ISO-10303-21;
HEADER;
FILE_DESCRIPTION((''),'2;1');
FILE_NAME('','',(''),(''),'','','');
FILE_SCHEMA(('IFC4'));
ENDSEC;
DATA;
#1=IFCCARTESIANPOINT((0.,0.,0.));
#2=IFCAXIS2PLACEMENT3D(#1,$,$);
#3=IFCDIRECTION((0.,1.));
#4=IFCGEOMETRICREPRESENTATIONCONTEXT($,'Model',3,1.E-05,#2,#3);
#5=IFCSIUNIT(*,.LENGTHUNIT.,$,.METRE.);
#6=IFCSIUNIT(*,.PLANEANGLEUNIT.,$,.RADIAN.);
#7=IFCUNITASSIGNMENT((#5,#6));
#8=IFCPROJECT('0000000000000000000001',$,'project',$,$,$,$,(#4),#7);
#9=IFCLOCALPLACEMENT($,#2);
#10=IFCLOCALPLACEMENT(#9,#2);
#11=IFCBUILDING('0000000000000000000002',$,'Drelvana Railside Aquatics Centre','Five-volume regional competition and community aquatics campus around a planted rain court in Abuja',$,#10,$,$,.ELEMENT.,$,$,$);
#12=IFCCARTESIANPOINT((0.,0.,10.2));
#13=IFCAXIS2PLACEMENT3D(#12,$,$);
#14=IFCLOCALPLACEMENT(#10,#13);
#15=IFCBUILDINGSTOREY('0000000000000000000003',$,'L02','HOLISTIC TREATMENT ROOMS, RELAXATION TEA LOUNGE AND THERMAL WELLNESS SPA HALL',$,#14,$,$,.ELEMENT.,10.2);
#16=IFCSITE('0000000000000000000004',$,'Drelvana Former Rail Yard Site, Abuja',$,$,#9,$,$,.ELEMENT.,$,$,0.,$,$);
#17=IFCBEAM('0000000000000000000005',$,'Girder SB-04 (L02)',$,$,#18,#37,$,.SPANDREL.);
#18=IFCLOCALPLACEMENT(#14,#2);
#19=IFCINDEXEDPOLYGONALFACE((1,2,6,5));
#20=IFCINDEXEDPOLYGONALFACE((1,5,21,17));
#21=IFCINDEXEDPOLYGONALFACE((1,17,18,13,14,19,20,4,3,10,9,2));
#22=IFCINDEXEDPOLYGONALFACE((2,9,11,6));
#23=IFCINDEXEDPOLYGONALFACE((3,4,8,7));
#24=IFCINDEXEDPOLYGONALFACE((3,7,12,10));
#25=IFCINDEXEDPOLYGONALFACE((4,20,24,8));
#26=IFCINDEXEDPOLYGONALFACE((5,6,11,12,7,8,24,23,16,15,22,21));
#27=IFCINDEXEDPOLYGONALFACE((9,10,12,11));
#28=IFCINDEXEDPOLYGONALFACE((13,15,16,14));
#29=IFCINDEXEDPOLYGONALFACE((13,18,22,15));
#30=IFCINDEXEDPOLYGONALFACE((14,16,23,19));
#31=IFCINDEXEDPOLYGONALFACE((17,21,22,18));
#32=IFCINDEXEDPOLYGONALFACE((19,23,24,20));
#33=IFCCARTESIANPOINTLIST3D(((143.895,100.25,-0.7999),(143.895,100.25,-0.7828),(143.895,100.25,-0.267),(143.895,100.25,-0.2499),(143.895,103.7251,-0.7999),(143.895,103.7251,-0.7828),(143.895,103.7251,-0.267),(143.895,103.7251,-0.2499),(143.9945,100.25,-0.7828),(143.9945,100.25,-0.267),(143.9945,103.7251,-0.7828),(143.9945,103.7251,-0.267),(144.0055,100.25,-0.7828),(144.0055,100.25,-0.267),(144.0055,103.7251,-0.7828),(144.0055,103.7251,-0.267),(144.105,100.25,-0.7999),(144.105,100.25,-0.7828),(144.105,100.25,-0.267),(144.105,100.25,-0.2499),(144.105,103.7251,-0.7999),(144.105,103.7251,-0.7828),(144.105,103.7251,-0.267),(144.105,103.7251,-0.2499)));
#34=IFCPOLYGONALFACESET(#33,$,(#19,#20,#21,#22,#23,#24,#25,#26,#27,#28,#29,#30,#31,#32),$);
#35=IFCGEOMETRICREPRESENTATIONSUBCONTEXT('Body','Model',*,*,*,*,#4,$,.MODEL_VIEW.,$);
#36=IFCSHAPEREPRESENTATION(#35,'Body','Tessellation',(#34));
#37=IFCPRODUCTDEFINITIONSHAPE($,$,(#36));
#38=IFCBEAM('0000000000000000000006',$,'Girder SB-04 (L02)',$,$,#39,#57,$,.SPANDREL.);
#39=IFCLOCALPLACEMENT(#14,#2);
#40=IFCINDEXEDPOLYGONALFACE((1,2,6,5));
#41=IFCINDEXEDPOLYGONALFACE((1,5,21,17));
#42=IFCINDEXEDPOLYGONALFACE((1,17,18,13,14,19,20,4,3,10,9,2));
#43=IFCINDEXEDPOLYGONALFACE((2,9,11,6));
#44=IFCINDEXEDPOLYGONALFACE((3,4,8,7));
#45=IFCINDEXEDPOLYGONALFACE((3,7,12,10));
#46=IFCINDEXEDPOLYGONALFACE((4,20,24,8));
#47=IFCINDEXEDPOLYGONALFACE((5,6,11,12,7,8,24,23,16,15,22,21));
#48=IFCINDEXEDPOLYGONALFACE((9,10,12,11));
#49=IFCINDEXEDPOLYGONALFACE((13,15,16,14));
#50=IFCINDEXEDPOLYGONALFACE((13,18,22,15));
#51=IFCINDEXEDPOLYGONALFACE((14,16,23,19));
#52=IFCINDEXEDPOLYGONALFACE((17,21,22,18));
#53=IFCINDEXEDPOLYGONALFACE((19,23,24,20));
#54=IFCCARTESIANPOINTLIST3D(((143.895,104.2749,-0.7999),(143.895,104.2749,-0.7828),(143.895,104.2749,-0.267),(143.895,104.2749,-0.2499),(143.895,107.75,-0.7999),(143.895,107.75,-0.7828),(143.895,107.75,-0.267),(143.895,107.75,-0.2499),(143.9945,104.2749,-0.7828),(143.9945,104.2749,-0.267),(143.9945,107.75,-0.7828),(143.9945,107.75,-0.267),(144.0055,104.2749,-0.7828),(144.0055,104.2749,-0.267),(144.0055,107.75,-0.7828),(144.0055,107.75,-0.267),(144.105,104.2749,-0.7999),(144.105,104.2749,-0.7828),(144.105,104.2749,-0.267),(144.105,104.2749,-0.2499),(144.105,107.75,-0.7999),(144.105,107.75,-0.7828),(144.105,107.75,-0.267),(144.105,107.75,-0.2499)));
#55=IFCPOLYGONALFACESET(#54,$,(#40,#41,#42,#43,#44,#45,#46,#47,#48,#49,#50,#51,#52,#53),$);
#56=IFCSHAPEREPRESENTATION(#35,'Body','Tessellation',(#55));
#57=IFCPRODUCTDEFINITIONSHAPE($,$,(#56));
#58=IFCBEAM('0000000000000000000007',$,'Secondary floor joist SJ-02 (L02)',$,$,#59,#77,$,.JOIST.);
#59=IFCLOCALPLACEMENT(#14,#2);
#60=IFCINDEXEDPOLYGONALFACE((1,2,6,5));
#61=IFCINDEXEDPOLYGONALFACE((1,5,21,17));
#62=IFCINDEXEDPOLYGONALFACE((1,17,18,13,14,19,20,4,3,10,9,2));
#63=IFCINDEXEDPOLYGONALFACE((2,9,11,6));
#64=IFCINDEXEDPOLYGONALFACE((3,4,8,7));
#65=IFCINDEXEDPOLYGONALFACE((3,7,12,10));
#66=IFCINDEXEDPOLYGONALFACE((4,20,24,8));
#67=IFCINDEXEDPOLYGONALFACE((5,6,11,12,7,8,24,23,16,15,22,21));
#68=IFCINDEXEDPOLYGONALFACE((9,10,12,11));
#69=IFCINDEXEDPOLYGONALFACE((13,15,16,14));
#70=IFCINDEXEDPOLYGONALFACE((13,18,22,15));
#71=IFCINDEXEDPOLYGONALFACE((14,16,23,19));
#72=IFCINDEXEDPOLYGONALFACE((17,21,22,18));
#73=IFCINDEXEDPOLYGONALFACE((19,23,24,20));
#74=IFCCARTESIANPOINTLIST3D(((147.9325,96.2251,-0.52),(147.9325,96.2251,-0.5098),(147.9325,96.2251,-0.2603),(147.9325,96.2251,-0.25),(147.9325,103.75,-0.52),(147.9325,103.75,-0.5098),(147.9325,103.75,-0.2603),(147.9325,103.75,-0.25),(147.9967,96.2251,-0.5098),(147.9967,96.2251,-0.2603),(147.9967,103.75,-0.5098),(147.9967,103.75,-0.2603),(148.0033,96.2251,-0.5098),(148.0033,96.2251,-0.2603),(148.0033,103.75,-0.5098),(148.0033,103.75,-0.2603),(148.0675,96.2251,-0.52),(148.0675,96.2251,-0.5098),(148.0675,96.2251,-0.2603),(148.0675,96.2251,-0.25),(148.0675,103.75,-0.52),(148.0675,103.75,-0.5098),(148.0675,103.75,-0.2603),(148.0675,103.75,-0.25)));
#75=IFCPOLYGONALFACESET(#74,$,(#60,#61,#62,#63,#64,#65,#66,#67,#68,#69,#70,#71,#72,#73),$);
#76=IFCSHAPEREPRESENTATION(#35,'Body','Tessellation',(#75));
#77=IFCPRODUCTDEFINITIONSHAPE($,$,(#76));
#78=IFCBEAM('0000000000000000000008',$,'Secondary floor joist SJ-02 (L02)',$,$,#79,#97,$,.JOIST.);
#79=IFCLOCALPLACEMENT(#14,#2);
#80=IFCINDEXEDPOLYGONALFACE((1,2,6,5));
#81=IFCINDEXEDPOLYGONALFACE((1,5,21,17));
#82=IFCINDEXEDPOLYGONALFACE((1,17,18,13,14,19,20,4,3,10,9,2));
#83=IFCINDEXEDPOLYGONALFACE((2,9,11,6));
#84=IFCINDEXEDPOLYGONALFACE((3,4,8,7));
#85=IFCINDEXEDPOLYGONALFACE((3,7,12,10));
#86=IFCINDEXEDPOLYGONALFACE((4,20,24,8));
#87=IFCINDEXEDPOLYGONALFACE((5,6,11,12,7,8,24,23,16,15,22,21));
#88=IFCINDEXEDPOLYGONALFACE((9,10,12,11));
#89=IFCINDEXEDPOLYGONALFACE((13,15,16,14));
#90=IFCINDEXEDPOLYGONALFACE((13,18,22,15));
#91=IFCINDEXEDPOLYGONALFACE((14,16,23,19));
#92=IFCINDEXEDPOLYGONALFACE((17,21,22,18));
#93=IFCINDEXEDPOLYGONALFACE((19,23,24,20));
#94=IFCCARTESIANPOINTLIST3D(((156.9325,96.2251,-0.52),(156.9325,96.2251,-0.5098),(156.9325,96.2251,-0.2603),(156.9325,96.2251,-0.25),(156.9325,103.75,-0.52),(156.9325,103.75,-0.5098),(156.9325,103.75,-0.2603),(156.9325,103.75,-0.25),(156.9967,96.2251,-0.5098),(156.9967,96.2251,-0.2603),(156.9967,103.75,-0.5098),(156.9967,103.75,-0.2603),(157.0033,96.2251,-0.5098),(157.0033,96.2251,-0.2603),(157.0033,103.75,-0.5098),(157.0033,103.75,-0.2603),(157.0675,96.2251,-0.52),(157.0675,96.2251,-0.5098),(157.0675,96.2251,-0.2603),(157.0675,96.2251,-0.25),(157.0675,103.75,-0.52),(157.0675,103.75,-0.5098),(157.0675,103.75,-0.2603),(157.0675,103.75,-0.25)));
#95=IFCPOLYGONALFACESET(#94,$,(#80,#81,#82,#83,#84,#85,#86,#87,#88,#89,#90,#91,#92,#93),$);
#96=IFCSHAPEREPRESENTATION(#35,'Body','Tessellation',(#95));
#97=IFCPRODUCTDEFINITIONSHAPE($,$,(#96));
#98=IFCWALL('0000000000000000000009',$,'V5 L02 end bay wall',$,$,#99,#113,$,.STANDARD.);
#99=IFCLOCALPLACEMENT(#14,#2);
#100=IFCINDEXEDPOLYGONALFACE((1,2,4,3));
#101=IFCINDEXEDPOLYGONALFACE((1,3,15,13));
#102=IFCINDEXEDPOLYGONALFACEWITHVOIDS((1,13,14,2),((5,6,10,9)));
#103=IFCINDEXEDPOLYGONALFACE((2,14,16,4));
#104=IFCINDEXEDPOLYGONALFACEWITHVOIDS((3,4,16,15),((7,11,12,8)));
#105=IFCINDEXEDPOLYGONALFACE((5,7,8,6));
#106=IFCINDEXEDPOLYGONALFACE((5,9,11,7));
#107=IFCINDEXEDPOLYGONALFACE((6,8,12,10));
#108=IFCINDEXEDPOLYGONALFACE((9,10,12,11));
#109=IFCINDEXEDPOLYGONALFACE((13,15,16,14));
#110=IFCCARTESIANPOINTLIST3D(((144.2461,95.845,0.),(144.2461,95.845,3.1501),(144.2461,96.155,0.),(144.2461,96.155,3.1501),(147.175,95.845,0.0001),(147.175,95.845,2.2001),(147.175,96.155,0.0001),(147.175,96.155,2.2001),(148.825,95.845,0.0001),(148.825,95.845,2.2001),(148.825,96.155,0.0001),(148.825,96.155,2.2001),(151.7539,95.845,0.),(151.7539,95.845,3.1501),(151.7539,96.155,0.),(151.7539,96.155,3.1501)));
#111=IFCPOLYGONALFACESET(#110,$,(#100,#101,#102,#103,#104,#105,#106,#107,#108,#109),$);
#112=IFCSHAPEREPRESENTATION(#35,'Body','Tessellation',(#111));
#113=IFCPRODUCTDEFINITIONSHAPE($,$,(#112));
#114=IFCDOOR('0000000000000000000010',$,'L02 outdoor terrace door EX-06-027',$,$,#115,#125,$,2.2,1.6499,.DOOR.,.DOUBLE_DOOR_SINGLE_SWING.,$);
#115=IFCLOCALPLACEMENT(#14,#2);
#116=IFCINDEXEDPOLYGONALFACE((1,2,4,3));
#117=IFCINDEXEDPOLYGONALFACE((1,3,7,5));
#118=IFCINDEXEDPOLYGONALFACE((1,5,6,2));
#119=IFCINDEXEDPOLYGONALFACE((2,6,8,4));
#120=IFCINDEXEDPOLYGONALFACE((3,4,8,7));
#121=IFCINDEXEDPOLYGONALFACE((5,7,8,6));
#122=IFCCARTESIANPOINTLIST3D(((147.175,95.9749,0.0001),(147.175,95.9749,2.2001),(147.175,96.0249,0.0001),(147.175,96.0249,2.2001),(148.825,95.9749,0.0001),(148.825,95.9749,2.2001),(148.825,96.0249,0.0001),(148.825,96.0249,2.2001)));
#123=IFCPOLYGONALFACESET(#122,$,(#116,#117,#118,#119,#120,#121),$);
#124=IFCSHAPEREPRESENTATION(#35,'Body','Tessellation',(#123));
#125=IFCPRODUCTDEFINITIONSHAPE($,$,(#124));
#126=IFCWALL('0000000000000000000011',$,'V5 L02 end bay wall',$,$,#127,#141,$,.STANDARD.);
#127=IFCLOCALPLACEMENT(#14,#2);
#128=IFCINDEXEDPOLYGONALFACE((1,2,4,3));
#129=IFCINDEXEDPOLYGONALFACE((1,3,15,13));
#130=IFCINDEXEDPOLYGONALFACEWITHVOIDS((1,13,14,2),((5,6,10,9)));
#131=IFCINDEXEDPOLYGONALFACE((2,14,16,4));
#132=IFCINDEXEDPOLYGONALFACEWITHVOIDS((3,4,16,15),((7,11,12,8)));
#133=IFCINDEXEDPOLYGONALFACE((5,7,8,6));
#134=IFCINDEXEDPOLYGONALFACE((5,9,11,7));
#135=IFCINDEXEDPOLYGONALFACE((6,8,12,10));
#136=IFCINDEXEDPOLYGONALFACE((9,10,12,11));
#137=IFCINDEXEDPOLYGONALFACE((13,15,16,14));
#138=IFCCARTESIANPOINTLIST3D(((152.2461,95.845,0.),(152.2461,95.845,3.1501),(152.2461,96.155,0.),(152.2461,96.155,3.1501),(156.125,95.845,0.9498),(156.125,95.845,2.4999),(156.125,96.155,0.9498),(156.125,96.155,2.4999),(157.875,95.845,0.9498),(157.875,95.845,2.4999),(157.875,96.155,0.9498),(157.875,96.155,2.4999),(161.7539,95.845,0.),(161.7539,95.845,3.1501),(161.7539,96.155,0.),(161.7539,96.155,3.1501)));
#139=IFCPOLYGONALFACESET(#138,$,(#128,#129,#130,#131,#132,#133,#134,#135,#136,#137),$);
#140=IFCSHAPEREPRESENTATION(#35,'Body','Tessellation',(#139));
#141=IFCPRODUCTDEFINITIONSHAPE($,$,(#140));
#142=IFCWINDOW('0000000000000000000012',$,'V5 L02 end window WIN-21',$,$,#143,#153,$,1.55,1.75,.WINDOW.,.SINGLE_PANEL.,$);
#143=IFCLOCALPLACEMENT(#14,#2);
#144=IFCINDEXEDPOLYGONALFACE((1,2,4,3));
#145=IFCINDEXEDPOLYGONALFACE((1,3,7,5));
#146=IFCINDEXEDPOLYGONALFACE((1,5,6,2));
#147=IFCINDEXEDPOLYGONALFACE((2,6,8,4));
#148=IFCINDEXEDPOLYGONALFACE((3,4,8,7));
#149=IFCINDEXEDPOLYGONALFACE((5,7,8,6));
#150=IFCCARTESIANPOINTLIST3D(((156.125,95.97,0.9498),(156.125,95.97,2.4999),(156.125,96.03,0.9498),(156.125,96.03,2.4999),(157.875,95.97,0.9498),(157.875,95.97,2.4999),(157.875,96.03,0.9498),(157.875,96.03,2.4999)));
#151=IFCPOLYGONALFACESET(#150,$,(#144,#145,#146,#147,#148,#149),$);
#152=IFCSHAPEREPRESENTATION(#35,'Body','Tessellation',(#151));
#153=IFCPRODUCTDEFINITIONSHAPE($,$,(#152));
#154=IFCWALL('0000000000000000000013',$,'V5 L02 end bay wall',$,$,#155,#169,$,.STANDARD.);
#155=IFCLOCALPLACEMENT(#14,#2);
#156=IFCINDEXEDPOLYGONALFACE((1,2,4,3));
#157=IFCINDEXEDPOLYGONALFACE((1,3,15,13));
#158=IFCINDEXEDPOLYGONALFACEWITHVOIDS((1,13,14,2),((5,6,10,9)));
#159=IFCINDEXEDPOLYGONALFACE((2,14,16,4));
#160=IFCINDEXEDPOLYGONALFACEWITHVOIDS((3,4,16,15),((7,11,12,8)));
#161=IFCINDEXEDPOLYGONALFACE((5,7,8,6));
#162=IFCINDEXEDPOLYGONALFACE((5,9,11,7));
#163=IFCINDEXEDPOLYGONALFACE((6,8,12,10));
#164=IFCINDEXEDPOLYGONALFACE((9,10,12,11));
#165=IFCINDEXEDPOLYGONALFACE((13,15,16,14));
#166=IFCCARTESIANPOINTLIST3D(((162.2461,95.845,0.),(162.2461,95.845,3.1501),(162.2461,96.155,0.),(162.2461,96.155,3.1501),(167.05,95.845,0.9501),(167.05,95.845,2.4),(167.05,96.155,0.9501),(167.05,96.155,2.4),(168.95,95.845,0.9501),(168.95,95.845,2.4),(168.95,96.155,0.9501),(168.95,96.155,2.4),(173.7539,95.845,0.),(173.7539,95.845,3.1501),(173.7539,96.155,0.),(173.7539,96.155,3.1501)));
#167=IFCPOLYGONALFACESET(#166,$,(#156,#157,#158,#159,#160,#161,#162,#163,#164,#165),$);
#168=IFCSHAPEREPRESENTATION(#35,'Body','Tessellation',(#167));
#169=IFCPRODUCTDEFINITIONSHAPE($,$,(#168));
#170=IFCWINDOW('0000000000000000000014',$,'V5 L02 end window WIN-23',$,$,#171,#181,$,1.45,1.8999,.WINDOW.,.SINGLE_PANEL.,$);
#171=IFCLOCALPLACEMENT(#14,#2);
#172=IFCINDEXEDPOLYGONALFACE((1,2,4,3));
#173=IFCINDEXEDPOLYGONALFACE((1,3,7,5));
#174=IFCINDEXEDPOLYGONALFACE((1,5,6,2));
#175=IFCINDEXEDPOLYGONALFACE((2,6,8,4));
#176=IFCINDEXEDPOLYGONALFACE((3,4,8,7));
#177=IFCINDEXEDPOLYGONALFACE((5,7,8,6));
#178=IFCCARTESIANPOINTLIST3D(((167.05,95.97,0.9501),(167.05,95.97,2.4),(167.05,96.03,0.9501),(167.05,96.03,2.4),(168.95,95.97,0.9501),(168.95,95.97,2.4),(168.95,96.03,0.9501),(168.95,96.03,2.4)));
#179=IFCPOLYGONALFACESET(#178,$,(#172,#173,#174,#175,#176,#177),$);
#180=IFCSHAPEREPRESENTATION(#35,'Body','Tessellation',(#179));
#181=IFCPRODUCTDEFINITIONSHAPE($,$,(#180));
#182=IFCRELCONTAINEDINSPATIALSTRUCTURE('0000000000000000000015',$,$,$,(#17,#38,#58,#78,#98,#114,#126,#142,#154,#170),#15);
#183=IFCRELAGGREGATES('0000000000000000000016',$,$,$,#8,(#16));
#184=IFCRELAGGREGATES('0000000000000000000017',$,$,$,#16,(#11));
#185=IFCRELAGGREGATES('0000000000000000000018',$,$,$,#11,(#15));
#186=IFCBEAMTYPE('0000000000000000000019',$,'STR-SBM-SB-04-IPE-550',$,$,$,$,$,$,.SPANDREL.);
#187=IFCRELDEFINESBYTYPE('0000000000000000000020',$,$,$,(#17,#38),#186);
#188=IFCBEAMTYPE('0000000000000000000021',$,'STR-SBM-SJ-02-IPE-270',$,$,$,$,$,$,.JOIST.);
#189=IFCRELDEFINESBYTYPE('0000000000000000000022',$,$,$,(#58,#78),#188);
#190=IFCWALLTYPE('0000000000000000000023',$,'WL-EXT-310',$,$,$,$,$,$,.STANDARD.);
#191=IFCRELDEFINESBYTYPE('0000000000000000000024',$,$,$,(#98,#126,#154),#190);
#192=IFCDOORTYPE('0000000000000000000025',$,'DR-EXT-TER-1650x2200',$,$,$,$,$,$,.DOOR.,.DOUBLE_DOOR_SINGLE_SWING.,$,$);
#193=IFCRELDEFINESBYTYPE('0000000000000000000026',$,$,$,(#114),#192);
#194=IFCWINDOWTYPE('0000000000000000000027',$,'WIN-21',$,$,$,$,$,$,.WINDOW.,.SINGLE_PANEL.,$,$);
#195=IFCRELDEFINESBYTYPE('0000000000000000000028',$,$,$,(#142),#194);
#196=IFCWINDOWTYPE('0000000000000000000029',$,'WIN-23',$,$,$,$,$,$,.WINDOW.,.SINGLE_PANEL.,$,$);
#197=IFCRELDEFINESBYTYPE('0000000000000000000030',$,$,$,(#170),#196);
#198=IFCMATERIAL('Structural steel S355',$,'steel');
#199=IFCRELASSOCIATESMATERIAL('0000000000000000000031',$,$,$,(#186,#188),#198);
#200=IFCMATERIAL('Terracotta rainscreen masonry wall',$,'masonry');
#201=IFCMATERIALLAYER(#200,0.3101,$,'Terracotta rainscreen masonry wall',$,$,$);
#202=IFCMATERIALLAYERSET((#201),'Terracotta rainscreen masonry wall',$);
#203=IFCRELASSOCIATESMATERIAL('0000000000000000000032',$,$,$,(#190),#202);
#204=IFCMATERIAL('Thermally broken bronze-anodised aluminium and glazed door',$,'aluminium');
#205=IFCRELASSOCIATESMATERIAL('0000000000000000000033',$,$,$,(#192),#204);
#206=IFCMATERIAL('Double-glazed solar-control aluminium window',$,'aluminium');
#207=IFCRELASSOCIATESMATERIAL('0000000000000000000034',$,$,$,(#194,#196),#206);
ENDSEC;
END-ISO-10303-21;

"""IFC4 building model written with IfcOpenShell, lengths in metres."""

from ifc_helpers import new_model, si_unit, direction, frame, frame_2d, origin, origin_2d, place, context, subcontext, project, spatial, rectangle, i_section, extrude, material, layer, layer_set, material_profile, profile_set, type_object, element, fill, save


model = new_model("IFC4")

# Units and contexts
model_context = context("Model", 3, precision=1e-05, world=origin(), true_north=direction((0.0, 1.0)))
body_context = subcontext(model_context, "Body", "Model", "MODEL_VIEW")
ifc_project = project(units=[si_unit("LENGTHUNIT", "METRE"), si_unit("PLANEANGLEUNIT", "RADIAN")], contexts=[model_context])

# Site, building, storey
site_placement = place(None, origin())
site = spatial("IfcSite", under=ifc_project, at=site_placement, Name="Drelvana Former Rail Yard Site, Abuja", CompositionType="ELEMENT", RefElevation=0.0)
building_placement = place(site_placement, origin())
building = spatial("IfcBuilding", under=site, at=building_placement, Name="Drelvana Railside Aquatics Centre", Description="Five-volume regional competition and community aquatics campus around a planted rain court in Abuja", CompositionType="ELEMENT")
storey_placement = place(building_placement, frame((0.0, 0.0, 10.2)))
storey = spatial("IfcBuildingStorey", under=building, at=storey_placement, Name="L02", Description="HOLISTIC TREATMENT ROOMS, RELAXATION TEA LOUNGE AND THERMAL WELLNESS SPA HALL", CompositionType="ELEMENT", Elevation=10.2)

# Beams
ifc_material_1 = material(Name="Structural steel S355", Category="steel")
ifc_material_profile_1 = material_profile(ifc_material_1, i_section(OverallWidth=0.21, OverallDepth=0.55, WebThickness=0.011, FlangeThickness=0.0171, at=origin_2d()), Name="IPE 550")
ifc_profile_set_1 = profile_set([ifc_material_profile_1], Name="Structural steel S355")
beam_type_1 = type_object("IfcBeamType", Name="STR-SBM-SB-04-IPE-550", PredefinedType="SPANDREL", material=ifc_profile_set_1)
for number, where, z_axis, x_axis, name in (
    (1, (144.0, 100.25, -0.5249), (0.0, 1.0, 0.0), (-1.0, 0.0, 0.0), "Girder SB-04 (L02)"),
    (2, (144.0, 104.2749, -0.5249), (0.0, 1.0, 0.0), (-1.0, 0.0, 0.0), "Girder SB-04 (L02)"),
):
    element("IfcBeam", number, at=place(storey_placement, frame(where, z_axis=z_axis, x_axis=x_axis)), inside=storey, type_object=beam_type_1, Name=name, PredefinedType="SPANDREL", context=body_context, shape_type="SweptSolid", body=[
        extrude(i_section(OverallWidth=0.21, OverallDepth=0.55, WebThickness=0.011, FlangeThickness=0.0171, at=origin_2d()), origin(), (0.0, 0.0, 1.0), 3.4751),
    ])
ifc_material_profile_2 = material_profile(ifc_material_1, i_section(OverallWidth=0.135, OverallDepth=0.27, WebThickness=0.0066, FlangeThickness=0.0103, at=origin_2d()), Name="IPE 270")
ifc_profile_set_2 = profile_set([ifc_material_profile_2], Name="Structural steel S355")
beam_type_2 = type_object("IfcBeamType", Name="STR-SBM-SJ-02-IPE-270", PredefinedType="JOIST", material=ifc_profile_set_2)
for number, where, z_axis, x_axis, name in (
    (3, (148.0, 96.2251, -0.385), (0.0, 1.0, 0.0), (-1.0, 0.0, 0.0), "Secondary floor joist SJ-02 (L02)"),
    (4, (157.0, 96.2251, -0.385), (0.0, 1.0, 0.0), (-1.0, 0.0, 0.0), "Secondary floor joist SJ-02 (L02)"),
):
    element("IfcBeam", number, at=place(storey_placement, frame(where, z_axis=z_axis, x_axis=x_axis)), inside=storey, type_object=beam_type_2, Name=name, PredefinedType="JOIST", context=body_context, shape_type="SweptSolid", body=[
        extrude(i_section(OverallWidth=0.135, OverallDepth=0.27, WebThickness=0.0066, FlangeThickness=0.0103, at=origin_2d()), origin(), (0.0, 0.0, 1.0), 7.5249),
    ])

# Wall, opening, door
ifc_material_2 = material(Name="Terracotta rainscreen masonry wall", Category="masonry")
ifc_layer = layer(ifc_material_2, 0.3101, Name="Terracotta rainscreen masonry wall")
ifc_layer_set = layer_set([ifc_layer], Name="Terracotta rainscreen masonry wall")
wall_type = type_object("IfcWallType", Name="WL-EXT-310", PredefinedType="STANDARD", material=ifc_layer_set)
wall_1_placement = place(storey_placement, frame((144.2461, 96.0, 0.0), z_axis=(0.0, 0.0, 1.0), x_axis=(1.0, 0.0, 0.0)))
wall_1 = element("IfcWall", 5, at=wall_1_placement, inside=storey, type_object=wall_type, Name="V5 L02 end bay wall", PredefinedType="STANDARD", context=body_context, shape_type="SweptSolid", body=[
    extrude(rectangle(XDim=7.5078, YDim=0.3101, at=frame_2d((3.7539, 0.0))), origin(), (0.0, 0.0, 1.0), 3.1501),
])
opening_1_placement = place(wall_1_placement, frame((2.929, 0.0, 0.0)))
opening_1 = element("IfcOpeningElement", 6, at=opening_1_placement, cuts=wall_1, PredefinedType="OPENING", context=body_context, shape_type="SweptSolid", body=[
    extrude(rectangle(XDim=1.6499, YDim=2.2, at=frame_2d((0.825, 1.1001))), frame((0.0, 0.165, 0.0), z_axis=(0.0, -1.0, 0.0), x_axis=(1.0, 0.0, 0.0)), (0.0, 0.0, 1.0), 0.3301),
])
ifc_material_3 = material(Name="Thermally broken bronze-anodised aluminium and glazed door", Category="aluminium")
door_type = type_object("IfcDoorType", Name="DR-EXT-TER-1650x2200", OperationType="DOUBLE_DOOR_SINGLE_SWING", PredefinedType="DOOR", material=ifc_material_3)
door_placement = place(opening_1_placement, origin())
door = element("IfcDoor", 7, at=door_placement, inside=storey, type_object=door_type, Name="L02 outdoor terrace door EX-06-027", OperationType="DOUBLE_DOOR_SINGLE_SWING", OverallHeight=2.2, OverallWidth=1.6499, PredefinedType="DOOR", context=body_context, shape_type="SweptSolid", body=[
    extrude(rectangle(XDim=1.6499, YDim=2.2, at=frame_2d((0.825, 1.1001))), frame((0.0, 0.0249, 0.0), z_axis=(0.0, -1.0, 0.0), x_axis=(1.0, 0.0, 0.0)), (0.0, 0.0, 1.0), 0.05),
])
fill(opening_1, door)

# Walls, openings, windows
wall_2_placement = place(storey_placement, frame((152.2461, 96.0, 0.0), z_axis=(0.0, 0.0, 1.0), x_axis=(1.0, 0.0, 0.0)))
wall_2 = element("IfcWall", 8, at=wall_2_placement, inside=storey, type_object=wall_type, Name="V5 L02 end bay wall", PredefinedType="STANDARD", context=body_context, shape_type="SweptSolid", body=[
    extrude(rectangle(XDim=9.5078, YDim=0.3101, at=frame_2d((4.7539, 0.0))), origin(), (0.0, 0.0, 1.0), 3.1501),
])
opening_2_placement = place(wall_2_placement, frame((3.8789, 0.0, 0.95)))
opening_2 = element("IfcOpeningElement", 9, at=opening_2_placement, cuts=wall_2, PredefinedType="OPENING", context=body_context, shape_type="SweptSolid", body=[
    extrude(rectangle(XDim=1.75, YDim=1.55, at=frame_2d((0.875, 0.7749))), frame((0.0, 0.165, 0.0), z_axis=(0.0, -1.0, 0.0), x_axis=(1.0, 0.0, 0.0)), (0.0, 0.0, 1.0), 0.3301),
])
ifc_material_4 = material(Name="Double-glazed solar-control aluminium window", Category="aluminium")
window_type_1 = type_object("IfcWindowType", Name="WIN-21", PartitioningType="SINGLE_PANEL", PredefinedType="WINDOW", material=ifc_material_4)
window_1_placement = place(opening_2_placement, origin())
window_1 = element("IfcWindow", 10, at=window_1_placement, inside=storey, type_object=window_type_1, Name="V5 L02 end window WIN-21", OverallHeight=1.55, OverallWidth=1.75, PartitioningType="SINGLE_PANEL", PredefinedType="WINDOW", context=body_context, shape_type="SweptSolid", body=[
    extrude(rectangle(XDim=1.75, YDim=1.55, at=frame_2d((0.875, 0.7749))), frame((0.0, 0.03, 0.0), z_axis=(0.0, -1.0, 0.0), x_axis=(1.0, 0.0, 0.0)), (0.0, 0.0, 1.0), 0.0601),
])
fill(opening_2, window_1)
wall_3_placement = place(storey_placement, frame((162.2461, 96.0, 0.0), z_axis=(0.0, 0.0, 1.0), x_axis=(1.0, 0.0, 0.0)))
wall_3 = element("IfcWall", 11, at=wall_3_placement, inside=storey, type_object=wall_type, Name="V5 L02 end bay wall", PredefinedType="STANDARD", context=body_context, shape_type="SweptSolid", body=[
    extrude(rectangle(XDim=11.5078, YDim=0.3101, at=frame_2d((5.7539, 0.0))), origin(), (0.0, 0.0, 1.0), 3.1501),
])
opening_3_placement = place(wall_3_placement, frame((4.804, 0.0, 0.95)))
opening_3 = element("IfcOpeningElement", 12, at=opening_3_placement, cuts=wall_3, PredefinedType="OPENING", context=body_context, shape_type="SweptSolid", body=[
    extrude(rectangle(XDim=1.8999, YDim=1.45, at=frame_2d((0.95, 0.7251))), frame((0.0, 0.165, 0.0), z_axis=(0.0, -1.0, 0.0), x_axis=(1.0, 0.0, 0.0)), (0.0, 0.0, 1.0), 0.3301),
])
window_type_2 = type_object("IfcWindowType", Name="WIN-23", PartitioningType="SINGLE_PANEL", PredefinedType="WINDOW", material=ifc_material_4)
window_2_placement = place(opening_3_placement, origin())
window_2 = element("IfcWindow", 13, at=window_2_placement, inside=storey, type_object=window_type_2, Name="V5 L02 end window WIN-23", OverallHeight=1.45, OverallWidth=1.8999, PartitioningType="SINGLE_PANEL", PredefinedType="WINDOW", context=body_context, shape_type="SweptSolid", body=[
    extrude(rectangle(XDim=1.8999, YDim=1.45, at=frame_2d((0.95, 0.7251))), frame((0.0, 0.03, 0.0), z_axis=(0.0, -1.0, 0.0), x_axis=(1.0, 0.0, 0.0)), (0.0, 0.0, 1.0), 0.0601),
])
fill(opening_3, window_2)

save(model, "model.ifc")
